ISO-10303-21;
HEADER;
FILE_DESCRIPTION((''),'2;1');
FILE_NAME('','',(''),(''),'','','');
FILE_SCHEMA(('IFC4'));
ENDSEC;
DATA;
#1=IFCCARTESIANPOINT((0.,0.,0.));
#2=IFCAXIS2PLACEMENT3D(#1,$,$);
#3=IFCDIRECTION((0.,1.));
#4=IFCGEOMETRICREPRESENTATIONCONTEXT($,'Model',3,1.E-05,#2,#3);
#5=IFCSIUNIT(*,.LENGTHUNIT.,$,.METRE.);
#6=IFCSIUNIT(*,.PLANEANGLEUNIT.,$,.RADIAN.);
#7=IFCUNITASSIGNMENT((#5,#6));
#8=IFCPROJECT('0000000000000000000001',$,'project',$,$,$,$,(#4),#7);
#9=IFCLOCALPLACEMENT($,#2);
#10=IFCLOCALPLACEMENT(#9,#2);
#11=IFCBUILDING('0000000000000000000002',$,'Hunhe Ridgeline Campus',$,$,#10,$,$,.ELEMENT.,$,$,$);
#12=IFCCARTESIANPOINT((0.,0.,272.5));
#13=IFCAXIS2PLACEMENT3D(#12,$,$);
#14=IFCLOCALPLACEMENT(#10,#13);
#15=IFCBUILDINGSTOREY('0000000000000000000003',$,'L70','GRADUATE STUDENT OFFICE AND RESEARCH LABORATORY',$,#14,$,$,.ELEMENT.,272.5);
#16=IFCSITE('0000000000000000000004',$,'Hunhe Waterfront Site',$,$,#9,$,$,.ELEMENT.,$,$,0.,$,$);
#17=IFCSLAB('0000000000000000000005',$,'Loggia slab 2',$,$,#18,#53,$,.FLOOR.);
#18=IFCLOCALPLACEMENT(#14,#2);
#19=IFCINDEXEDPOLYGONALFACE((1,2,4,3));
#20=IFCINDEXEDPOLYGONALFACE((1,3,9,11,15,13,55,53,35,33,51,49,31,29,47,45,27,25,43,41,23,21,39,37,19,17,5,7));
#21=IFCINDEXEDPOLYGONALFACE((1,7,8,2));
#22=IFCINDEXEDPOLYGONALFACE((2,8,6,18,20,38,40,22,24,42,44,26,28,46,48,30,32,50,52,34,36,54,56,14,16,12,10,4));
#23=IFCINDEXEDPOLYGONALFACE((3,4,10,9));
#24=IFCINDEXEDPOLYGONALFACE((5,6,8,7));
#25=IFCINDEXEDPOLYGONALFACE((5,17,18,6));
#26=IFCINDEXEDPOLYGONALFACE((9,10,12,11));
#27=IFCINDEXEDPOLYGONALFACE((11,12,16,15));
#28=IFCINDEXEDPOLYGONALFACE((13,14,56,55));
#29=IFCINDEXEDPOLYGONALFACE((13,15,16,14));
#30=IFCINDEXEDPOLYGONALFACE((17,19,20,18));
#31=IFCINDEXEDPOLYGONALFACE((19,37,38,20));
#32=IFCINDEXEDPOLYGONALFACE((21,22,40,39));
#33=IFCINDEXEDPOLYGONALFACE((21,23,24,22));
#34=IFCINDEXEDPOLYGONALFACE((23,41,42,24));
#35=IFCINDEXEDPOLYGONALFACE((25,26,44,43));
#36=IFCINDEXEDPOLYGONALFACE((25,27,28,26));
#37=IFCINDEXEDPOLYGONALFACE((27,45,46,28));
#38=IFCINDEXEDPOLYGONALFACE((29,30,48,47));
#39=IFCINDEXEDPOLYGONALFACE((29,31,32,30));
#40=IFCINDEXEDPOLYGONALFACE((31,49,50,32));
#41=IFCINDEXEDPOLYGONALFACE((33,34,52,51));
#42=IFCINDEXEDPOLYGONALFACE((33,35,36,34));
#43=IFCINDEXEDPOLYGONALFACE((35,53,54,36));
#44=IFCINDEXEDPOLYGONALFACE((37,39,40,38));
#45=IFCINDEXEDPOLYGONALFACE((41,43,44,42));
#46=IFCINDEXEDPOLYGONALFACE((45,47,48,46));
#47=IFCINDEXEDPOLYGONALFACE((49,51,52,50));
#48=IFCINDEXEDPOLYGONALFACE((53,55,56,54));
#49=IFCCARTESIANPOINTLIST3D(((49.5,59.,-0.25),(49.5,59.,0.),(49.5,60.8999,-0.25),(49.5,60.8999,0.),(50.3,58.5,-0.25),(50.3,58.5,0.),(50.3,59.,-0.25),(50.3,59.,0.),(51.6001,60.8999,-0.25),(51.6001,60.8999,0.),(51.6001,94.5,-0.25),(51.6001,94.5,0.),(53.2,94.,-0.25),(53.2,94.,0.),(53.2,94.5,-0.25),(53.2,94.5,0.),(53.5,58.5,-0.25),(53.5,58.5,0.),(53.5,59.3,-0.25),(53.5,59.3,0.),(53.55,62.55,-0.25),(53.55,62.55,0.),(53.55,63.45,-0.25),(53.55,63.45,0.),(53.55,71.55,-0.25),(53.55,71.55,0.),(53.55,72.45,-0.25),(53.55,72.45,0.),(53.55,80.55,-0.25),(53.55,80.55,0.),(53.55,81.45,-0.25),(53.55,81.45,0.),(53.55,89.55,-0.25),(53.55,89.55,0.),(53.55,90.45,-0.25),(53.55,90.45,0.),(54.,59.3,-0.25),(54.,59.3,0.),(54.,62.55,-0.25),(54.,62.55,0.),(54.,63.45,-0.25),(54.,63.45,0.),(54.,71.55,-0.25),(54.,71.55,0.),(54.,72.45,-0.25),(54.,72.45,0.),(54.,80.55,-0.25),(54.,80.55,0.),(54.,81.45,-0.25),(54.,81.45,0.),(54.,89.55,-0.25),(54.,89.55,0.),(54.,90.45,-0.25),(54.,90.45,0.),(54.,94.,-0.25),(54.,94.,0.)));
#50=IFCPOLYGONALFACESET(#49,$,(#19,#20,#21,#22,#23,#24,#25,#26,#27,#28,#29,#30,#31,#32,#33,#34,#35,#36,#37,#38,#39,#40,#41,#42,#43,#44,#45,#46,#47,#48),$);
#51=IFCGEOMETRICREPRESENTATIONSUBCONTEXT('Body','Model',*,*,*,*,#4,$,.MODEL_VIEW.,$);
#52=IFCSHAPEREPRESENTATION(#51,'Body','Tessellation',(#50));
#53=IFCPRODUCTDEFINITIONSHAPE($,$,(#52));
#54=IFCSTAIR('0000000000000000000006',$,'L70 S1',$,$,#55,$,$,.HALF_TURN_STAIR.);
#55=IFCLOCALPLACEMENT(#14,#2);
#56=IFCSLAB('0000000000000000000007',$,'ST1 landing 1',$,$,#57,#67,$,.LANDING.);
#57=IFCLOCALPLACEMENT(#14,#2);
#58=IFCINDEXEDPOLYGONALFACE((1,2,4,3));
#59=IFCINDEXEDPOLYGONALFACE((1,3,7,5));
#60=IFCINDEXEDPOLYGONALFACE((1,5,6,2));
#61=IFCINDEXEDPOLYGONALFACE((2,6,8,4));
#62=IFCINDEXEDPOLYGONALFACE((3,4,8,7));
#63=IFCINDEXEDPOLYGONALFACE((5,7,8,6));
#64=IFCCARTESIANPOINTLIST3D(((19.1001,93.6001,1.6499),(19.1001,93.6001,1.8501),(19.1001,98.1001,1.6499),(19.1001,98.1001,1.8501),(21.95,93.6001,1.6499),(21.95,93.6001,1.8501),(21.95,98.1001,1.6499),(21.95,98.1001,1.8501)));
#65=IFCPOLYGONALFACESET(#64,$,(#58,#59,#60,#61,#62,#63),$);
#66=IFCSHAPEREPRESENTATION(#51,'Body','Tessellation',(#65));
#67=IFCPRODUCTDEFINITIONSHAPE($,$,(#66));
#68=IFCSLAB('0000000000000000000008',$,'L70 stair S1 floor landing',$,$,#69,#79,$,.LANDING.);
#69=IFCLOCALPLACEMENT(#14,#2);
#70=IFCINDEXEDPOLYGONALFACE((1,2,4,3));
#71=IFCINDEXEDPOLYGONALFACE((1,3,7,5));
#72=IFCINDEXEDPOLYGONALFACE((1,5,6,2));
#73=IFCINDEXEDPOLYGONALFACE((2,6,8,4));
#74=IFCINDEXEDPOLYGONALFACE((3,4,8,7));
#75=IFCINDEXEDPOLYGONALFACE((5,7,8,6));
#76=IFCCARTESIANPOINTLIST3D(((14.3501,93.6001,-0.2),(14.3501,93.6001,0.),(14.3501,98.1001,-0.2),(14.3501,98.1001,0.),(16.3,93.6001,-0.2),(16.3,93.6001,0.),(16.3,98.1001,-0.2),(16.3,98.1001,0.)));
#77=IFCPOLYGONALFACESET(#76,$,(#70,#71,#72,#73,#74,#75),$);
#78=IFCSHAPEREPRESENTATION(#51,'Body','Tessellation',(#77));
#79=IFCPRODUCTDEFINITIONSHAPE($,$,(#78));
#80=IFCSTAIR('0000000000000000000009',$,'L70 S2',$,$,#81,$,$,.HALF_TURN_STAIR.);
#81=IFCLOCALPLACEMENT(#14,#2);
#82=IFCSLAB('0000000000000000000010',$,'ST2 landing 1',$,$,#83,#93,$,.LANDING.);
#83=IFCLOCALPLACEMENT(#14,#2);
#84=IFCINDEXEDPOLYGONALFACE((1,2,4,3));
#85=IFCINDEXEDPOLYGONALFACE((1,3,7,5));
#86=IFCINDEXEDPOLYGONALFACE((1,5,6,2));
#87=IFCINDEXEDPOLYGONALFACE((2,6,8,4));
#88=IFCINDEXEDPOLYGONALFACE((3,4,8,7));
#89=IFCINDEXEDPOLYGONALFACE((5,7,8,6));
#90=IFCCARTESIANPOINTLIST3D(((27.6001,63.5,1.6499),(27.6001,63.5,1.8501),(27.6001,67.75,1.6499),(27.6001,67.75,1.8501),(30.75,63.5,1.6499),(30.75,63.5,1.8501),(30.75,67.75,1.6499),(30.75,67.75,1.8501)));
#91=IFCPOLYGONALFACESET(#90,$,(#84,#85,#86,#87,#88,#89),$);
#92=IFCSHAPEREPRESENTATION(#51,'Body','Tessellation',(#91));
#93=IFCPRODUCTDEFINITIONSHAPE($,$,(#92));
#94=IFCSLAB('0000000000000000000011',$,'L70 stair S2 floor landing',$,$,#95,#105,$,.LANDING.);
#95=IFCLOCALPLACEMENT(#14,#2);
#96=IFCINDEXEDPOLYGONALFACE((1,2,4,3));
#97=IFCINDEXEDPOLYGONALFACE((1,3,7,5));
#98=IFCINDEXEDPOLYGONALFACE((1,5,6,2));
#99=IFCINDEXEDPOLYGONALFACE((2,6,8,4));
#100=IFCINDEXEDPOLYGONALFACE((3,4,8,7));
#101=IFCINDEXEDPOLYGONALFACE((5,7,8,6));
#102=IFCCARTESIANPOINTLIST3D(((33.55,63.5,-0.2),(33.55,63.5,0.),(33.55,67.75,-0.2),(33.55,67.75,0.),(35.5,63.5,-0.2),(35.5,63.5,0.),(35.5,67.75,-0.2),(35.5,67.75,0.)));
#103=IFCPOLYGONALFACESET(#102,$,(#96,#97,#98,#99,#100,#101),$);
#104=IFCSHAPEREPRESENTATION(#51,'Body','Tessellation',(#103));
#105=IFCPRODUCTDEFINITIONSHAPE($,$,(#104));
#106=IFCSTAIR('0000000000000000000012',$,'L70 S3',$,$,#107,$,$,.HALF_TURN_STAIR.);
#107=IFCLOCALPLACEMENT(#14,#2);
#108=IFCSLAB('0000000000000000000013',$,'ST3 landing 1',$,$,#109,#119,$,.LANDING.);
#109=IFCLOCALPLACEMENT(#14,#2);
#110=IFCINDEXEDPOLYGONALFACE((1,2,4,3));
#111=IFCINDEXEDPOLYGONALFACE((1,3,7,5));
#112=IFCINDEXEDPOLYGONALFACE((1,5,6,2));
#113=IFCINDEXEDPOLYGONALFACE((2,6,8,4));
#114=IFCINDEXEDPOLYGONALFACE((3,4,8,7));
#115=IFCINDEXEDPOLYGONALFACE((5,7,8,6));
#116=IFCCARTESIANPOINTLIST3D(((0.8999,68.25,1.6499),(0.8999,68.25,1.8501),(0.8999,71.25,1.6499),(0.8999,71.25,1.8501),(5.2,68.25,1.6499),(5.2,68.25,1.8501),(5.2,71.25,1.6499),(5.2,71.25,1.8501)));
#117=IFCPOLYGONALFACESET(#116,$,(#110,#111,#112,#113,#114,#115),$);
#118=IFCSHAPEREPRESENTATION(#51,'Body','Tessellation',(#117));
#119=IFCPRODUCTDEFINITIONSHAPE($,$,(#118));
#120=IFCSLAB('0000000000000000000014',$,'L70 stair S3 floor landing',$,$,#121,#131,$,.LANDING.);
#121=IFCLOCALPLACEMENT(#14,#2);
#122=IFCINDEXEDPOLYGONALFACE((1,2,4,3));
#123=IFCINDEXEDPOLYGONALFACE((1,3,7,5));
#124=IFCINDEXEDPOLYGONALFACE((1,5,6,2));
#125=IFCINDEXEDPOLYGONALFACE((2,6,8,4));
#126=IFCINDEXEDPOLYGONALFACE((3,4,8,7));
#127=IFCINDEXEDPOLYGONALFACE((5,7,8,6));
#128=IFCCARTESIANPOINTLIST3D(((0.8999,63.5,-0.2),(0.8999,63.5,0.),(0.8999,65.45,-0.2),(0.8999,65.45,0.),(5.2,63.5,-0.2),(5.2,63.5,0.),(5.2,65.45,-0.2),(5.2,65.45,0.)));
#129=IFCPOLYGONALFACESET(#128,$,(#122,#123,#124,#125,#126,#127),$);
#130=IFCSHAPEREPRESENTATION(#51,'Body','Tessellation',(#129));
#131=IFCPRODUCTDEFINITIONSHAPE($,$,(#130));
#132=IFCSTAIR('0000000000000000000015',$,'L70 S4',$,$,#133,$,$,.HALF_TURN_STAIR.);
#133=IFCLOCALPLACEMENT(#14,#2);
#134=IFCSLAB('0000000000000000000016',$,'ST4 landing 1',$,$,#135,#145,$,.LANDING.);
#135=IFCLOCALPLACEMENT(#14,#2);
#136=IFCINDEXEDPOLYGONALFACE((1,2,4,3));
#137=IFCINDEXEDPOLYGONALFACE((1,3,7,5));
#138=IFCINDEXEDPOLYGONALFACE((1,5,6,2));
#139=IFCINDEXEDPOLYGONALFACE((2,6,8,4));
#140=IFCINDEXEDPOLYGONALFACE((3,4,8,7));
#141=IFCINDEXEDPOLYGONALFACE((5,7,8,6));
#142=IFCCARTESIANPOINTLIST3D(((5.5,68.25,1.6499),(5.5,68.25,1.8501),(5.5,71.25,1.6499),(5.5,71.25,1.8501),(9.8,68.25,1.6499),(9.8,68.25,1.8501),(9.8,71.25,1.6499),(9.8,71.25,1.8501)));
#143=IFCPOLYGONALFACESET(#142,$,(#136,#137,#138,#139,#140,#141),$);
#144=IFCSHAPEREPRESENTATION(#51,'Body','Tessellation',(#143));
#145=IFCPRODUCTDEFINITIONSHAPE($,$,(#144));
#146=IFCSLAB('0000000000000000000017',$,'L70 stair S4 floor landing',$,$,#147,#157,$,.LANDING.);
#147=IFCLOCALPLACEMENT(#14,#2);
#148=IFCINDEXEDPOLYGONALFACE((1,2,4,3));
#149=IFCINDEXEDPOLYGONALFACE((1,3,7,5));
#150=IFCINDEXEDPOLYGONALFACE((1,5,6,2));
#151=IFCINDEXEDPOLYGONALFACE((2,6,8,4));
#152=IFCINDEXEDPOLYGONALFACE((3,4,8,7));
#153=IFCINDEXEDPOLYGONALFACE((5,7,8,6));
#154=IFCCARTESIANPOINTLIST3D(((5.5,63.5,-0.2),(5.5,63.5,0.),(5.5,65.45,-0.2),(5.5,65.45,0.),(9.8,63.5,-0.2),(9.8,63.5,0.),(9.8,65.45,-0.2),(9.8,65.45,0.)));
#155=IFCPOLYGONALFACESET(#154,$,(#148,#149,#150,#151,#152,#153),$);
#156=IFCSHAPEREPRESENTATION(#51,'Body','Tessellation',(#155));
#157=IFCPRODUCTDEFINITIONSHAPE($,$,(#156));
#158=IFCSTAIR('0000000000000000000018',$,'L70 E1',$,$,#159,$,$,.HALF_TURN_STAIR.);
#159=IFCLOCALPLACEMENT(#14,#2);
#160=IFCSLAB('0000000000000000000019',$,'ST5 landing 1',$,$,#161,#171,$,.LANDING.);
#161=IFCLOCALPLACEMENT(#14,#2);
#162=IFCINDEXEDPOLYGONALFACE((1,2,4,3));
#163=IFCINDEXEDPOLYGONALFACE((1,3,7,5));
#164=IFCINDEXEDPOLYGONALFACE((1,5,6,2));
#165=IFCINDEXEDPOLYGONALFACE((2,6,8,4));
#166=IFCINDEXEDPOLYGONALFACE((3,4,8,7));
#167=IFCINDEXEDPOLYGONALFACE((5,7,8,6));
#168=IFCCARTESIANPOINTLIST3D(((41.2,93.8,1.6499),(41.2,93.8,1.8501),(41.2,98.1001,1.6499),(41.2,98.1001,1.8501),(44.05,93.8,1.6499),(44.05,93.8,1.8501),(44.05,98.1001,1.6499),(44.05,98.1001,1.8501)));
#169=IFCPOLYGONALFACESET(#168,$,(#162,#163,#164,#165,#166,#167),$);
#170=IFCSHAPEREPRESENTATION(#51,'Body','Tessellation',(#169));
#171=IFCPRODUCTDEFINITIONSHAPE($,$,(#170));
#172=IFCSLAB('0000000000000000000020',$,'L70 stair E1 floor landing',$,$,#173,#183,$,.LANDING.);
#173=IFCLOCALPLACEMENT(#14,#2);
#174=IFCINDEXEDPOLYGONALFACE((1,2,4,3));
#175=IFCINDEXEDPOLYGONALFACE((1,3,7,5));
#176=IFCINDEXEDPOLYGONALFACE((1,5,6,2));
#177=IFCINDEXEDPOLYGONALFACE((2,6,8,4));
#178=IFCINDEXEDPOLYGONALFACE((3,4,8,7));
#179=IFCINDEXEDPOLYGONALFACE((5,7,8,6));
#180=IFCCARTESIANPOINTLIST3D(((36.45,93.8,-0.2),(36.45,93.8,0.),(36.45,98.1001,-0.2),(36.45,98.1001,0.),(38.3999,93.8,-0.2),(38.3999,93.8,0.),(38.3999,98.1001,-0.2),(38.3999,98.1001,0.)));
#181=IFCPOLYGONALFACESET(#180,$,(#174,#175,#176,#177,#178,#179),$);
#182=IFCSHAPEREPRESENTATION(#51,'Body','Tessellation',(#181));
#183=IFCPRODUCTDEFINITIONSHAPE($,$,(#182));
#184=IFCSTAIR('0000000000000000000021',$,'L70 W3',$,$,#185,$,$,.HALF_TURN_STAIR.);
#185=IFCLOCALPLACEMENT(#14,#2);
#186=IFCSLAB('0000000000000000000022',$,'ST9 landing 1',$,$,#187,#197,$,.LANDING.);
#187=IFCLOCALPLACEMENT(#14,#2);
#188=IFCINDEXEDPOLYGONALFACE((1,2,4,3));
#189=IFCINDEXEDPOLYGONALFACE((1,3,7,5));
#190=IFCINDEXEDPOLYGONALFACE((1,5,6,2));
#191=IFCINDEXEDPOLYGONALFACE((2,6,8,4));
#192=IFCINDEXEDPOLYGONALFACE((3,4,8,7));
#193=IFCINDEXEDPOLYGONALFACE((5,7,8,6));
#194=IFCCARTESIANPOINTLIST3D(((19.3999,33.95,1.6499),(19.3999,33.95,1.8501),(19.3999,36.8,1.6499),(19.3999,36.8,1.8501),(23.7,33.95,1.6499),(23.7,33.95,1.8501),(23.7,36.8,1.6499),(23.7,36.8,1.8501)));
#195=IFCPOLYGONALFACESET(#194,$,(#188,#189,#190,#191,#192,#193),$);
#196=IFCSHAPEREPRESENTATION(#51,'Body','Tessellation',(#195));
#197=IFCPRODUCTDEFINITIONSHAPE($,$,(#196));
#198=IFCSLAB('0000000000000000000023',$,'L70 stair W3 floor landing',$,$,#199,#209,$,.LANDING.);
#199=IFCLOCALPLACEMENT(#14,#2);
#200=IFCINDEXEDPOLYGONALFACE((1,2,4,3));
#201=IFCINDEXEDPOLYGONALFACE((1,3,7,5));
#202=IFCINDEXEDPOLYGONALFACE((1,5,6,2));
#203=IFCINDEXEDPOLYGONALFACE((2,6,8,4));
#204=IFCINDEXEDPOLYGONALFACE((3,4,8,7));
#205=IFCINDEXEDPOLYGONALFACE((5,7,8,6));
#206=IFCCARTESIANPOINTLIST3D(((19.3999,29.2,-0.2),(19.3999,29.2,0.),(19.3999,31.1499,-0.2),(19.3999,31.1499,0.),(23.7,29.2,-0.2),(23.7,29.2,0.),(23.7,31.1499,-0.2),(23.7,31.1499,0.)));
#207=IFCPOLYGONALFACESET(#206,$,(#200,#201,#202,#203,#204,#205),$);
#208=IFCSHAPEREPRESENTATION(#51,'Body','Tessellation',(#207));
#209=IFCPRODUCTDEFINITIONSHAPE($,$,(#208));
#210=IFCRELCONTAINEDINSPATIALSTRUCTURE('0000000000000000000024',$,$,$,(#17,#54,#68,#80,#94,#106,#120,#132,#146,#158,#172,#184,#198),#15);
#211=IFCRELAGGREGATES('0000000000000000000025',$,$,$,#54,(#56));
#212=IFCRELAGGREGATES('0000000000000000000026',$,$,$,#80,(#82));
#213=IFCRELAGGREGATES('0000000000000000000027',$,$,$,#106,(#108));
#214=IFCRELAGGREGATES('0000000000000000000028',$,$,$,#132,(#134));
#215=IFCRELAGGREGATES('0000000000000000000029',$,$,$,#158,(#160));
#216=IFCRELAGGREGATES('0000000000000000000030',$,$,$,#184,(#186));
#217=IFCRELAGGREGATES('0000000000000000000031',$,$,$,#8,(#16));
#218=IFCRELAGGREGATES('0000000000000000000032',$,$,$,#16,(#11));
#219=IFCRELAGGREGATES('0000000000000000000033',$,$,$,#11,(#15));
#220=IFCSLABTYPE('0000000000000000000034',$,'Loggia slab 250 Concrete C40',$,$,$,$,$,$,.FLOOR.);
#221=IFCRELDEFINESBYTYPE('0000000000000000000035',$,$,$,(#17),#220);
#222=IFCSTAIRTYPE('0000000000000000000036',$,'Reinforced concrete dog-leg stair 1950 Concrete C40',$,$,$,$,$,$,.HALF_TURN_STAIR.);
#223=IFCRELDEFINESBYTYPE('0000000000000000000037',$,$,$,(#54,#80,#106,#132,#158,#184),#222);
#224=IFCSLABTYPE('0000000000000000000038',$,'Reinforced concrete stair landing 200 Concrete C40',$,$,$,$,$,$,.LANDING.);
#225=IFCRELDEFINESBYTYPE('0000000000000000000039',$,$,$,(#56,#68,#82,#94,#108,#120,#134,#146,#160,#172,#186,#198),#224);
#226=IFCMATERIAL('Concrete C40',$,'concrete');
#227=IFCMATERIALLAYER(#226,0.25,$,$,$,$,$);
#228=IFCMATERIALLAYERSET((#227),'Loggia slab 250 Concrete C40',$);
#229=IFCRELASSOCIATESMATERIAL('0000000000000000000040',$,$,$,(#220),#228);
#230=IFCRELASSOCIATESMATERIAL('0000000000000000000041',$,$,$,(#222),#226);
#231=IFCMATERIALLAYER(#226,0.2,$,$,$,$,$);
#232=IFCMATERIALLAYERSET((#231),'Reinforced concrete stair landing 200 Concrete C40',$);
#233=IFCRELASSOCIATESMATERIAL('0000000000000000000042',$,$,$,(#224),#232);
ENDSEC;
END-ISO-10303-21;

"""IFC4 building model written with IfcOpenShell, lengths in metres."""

from ifc_helpers import new_model, si_unit, direction, frame, origin, place, context, subcontext, project, spatial, polyline, outline, extrude, material, layer, layer_set, type_object, element, aggregate, save


model = new_model("IFC4")

# Units and contexts
model_context = context("Model", 3, precision=1e-05, world=origin(), true_north=direction((0.0, 1.0)))
body_context = subcontext(model_context, "Body", "Model", "MODEL_VIEW")
ifc_project = project(units=[si_unit("LENGTHUNIT", "METRE"), si_unit("PLANEANGLEUNIT", "RADIAN")], contexts=[model_context])

# Site, building, storey
site_placement = place(None, origin())
site = spatial("IfcSite", under=ifc_project, at=site_placement, Name="Hunhe Waterfront Site", CompositionType="ELEMENT", RefElevation=0.0)
building_placement = place(site_placement, origin())
building = spatial("IfcBuilding", under=site, at=building_placement, Name="Hunhe Ridgeline Campus", CompositionType="ELEMENT")
storey_placement = place(building_placement, frame((0.0, 0.0, 272.5)))
storey = spatial("IfcBuildingStorey", under=building, at=storey_placement, Name="L70", Description="GRADUATE STUDENT OFFICE AND RESEARCH LABORATORY", CompositionType="ELEMENT", Elevation=272.5)

# Slab
ifc_material_1 = material(Name="Concrete C40", Category="concrete")
ifc_layer_1 = layer(ifc_material_1, 0.25)
ifc_layer_set_1 = layer_set([ifc_layer_1], Name="Loggia slab 250 Concrete C40")
slab_type_1 = type_object("IfcSlabType", Name="Loggia slab 250 Concrete C40", PredefinedType="FLOOR", material=ifc_layer_set_1)
slab_1_placement = place(storey_placement, frame((0.0, 0.0, -0.25)))
element("IfcSlab", 1, at=slab_1_placement, inside=storey, type_object=slab_type_1, Name="Loggia slab 2", PredefinedType="FLOOR", context=body_context, shape_type="SweptSolid", body=[
    extrude(outline(polyline([(49.5, 59.0), (50.3, 59.0), (50.3, 58.5), (53.5, 58.5), (53.5, 59.3), (54.0, 59.3), (54.0, 62.55), (53.55, 62.55), (53.55, 63.45), (54.0, 63.45), (54.0, 71.55), (53.55, 71.55), (53.55, 72.45), (54.0, 72.45), (54.0, 80.55), (53.55, 80.55), (53.55, 81.45), (54.0, 81.45), (54.0, 89.55), (53.55, 89.55), (53.55, 90.45), (54.0, 90.45), (54.0, 94.0), (53.2, 94.0), (53.2, 94.5), (51.6001, 94.5), (51.6001, 60.8999), (49.5, 60.8999), (49.5, 59.0)])), origin(), (0.0, 0.0, 1.0), 0.25),
])

# Stair, slab
stair_type = type_object("IfcStairType", Name="Reinforced concrete dog-leg stair 1950 Concrete C40", PredefinedType="HALF_TURN_STAIR", material=ifc_material_1)
stair_1_placement = place(storey_placement, origin())
stair_1 = element("IfcStair", 2, at=stair_1_placement, inside=storey, type_object=stair_type, Name="L70 S1", PredefinedType="HALF_TURN_STAIR")
ifc_layer_2 = layer(ifc_material_1, 0.2)
ifc_layer_set_2 = layer_set([ifc_layer_2], Name="Reinforced concrete stair landing 200 Concrete C40")
slab_type_2 = type_object("IfcSlabType", Name="Reinforced concrete stair landing 200 Concrete C40", PredefinedType="LANDING", material=ifc_layer_set_2)
slab_2_placement = place(storey_placement, frame((0.0, 0.0, 1.6499)))
slab_2 = element("IfcSlab", 3, at=slab_2_placement, type_object=slab_type_2, Name="ST1 landing 1", PredefinedType="LANDING", context=body_context, shape_type="SweptSolid", body=[
    extrude(outline(polyline([(19.1001, 93.6001), (21.95, 93.6001), (21.95, 98.1001), (19.1001, 98.1001), (19.1001, 93.6001)])), origin(), (0.0, 0.0, 1.0), 0.2002),
])
aggregate(stair_1, [slab_2])

# Slab
slab_3_placement = place(storey_placement, frame((0.0, 0.0, -0.2)))
element("IfcSlab", 4, at=slab_3_placement, inside=storey, type_object=slab_type_2, Name="L70 stair S1 floor landing", PredefinedType="LANDING", context=body_context, shape_type="SweptSolid", body=[
    extrude(outline(polyline([(14.3501, 93.6001), (16.3, 93.6001), (16.3, 98.1001), (14.3501, 98.1001), (14.3501, 93.6001)])), origin(), (0.0, 0.0, 1.0), 0.2),
])

# Stair, slab
stair_2_placement = place(storey_placement, origin())
stair_2 = element("IfcStair", 5, at=stair_2_placement, inside=storey, type_object=stair_type, Name="L70 S2", PredefinedType="HALF_TURN_STAIR")
slab_4_placement = place(storey_placement, frame((0.0, 0.0, 1.6499)))
slab_4 = element("IfcSlab", 6, at=slab_4_placement, type_object=slab_type_2, Name="ST2 landing 1", PredefinedType="LANDING", context=body_context, shape_type="SweptSolid", body=[
    extrude(outline(polyline([(30.75, 67.75), (27.6001, 67.75), (27.6001, 63.5), (30.75, 63.5), (30.75, 67.75)])), origin(), (0.0, 0.0, 1.0), 0.2002),
])
aggregate(stair_2, [slab_4])

# Slab
slab_5_placement = place(storey_placement, frame((0.0, 0.0, -0.2)))
element("IfcSlab", 7, at=slab_5_placement, inside=storey, type_object=slab_type_2, Name="L70 stair S2 floor landing", PredefinedType="LANDING", context=body_context, shape_type="SweptSolid", body=[
    extrude(outline(polyline([(35.5, 67.75), (33.55, 67.75), (33.55, 63.5), (35.5, 63.5), (35.5, 67.75)])), origin(), (0.0, 0.0, 1.0), 0.2),
])

# Stair, slab
stair_3_placement = place(storey_placement, origin())
stair_3 = element("IfcStair", 8, at=stair_3_placement, inside=storey, type_object=stair_type, Name="L70 S3", PredefinedType="HALF_TURN_STAIR")
slab_6_placement = place(storey_placement, frame((0.0, 0.0, 1.6499)))
slab_6 = element("IfcSlab", 9, at=slab_6_placement, type_object=slab_type_2, Name="ST3 landing 1", PredefinedType="LANDING", context=body_context, shape_type="SweptSolid", body=[
    extrude(outline(polyline([(5.2, 68.25), (5.2, 71.25), (0.8999, 71.25), (0.8999, 68.25), (5.2, 68.25)])), origin(), (0.0, 0.0, 1.0), 0.2002),
])
aggregate(stair_3, [slab_6])

# Slab
slab_7_placement = place(storey_placement, frame((0.0, 0.0, -0.2)))
element("IfcSlab", 10, at=slab_7_placement, inside=storey, type_object=slab_type_2, Name="L70 stair S3 floor landing", PredefinedType="LANDING", context=body_context, shape_type="SweptSolid", body=[
    extrude(outline(polyline([(5.2, 63.5), (5.2, 65.45), (0.8999, 65.45), (0.8999, 63.5), (5.2, 63.5)])), origin(), (0.0, 0.0, 1.0), 0.2),
])

# Stair, slab
stair_4_placement = place(storey_placement, origin())
stair_4 = element("IfcStair", 11, at=stair_4_placement, inside=storey, type_object=stair_type, Name="L70 S4", PredefinedType="HALF_TURN_STAIR")
slab_8_placement = place(storey_placement, frame((0.0, 0.0, 1.6499)))
slab_8 = element("IfcSlab", 12, at=slab_8_placement, type_object=slab_type_2, Name="ST4 landing 1", PredefinedType="LANDING", context=body_context, shape_type="SweptSolid", body=[
    extrude(outline(polyline([(9.8, 68.25), (9.8, 71.25), (5.5, 71.25), (5.5, 68.25), (9.8, 68.25)])), origin(), (0.0, 0.0, 1.0), 0.2002),
])
aggregate(stair_4, [slab_8])

# Slab
slab_9_placement = place(storey_placement, frame((0.0, 0.0, -0.2)))
element("IfcSlab", 13, at=slab_9_placement, inside=storey, type_object=slab_type_2, Name="L70 stair S4 floor landing", PredefinedType="LANDING", context=body_context, shape_type="SweptSolid", body=[
    extrude(outline(polyline([(9.8, 63.5), (9.8, 65.45), (5.5, 65.45), (5.5, 63.5), (9.8, 63.5)])), origin(), (0.0, 0.0, 1.0), 0.2),
])

# Stair, slab
stair_5_placement = place(storey_placement, origin())
stair_5 = element("IfcStair", 14, at=stair_5_placement, inside=storey, type_object=stair_type, Name="L70 E1", PredefinedType="HALF_TURN_STAIR")
slab_10_placement = place(storey_placement, frame((0.0, 0.0, 1.6499)))
slab_10 = element("IfcSlab", 15, at=slab_10_placement, type_object=slab_type_2, Name="ST5 landing 1", PredefinedType="LANDING", context=body_context, shape_type="SweptSolid", body=[
    extrude(outline(polyline([(41.2, 93.8), (44.05, 93.8), (44.05, 98.1001), (41.2, 98.1001), (41.2, 93.8)])), origin(), (0.0, 0.0, 1.0), 0.2002),
])
aggregate(stair_5, [slab_10])

# Slab
slab_11_placement = place(storey_placement, frame((0.0, 0.0, -0.2)))
element("IfcSlab", 16, at=slab_11_placement, inside=storey, type_object=slab_type_2, Name="L70 stair E1 floor landing", PredefinedType="LANDING", context=body_context, shape_type="SweptSolid", body=[
    extrude(outline(polyline([(36.45, 93.8), (38.3999, 93.8), (38.3999, 98.1001), (36.45, 98.1001), (36.45, 93.8)])), origin(), (0.0, 0.0, 1.0), 0.2),
])

# Stair, slab
stair_6_placement = place(storey_placement, origin())
stair_6 = element("IfcStair", 17, at=stair_6_placement, inside=storey, type_object=stair_type, Name="L70 W3", PredefinedType="HALF_TURN_STAIR")
slab_12_placement = place(storey_placement, frame((0.0, 0.0, 1.6499)))
slab_12 = element("IfcSlab", 18, at=slab_12_placement, type_object=slab_type_2, Name="ST9 landing 1", PredefinedType="LANDING", context=body_context, shape_type="SweptSolid", body=[
    extrude(outline(polyline([(23.7, 33.95), (23.7, 36.8), (19.3999, 36.8), (19.3999, 33.95), (23.7, 33.95)])), origin(), (0.0, 0.0, 1.0), 0.2002),
])
aggregate(stair_6, [slab_12])

# Slab
slab_13_placement = place(storey_placement, frame((0.0, 0.0, -0.2)))
element("IfcSlab", 19, at=slab_13_placement, inside=storey, type_object=slab_type_2, Name="L70 stair W3 floor landing", PredefinedType="LANDING", context=body_context, shape_type="SweptSolid", body=[
    extrude(outline(polyline([(23.7, 29.2), (23.7, 31.1499), (19.3999, 31.1499), (19.3999, 29.2), (23.7, 29.2)])), origin(), (0.0, 0.0, 1.0), 0.2),
])

save(model, "model.ifc")
